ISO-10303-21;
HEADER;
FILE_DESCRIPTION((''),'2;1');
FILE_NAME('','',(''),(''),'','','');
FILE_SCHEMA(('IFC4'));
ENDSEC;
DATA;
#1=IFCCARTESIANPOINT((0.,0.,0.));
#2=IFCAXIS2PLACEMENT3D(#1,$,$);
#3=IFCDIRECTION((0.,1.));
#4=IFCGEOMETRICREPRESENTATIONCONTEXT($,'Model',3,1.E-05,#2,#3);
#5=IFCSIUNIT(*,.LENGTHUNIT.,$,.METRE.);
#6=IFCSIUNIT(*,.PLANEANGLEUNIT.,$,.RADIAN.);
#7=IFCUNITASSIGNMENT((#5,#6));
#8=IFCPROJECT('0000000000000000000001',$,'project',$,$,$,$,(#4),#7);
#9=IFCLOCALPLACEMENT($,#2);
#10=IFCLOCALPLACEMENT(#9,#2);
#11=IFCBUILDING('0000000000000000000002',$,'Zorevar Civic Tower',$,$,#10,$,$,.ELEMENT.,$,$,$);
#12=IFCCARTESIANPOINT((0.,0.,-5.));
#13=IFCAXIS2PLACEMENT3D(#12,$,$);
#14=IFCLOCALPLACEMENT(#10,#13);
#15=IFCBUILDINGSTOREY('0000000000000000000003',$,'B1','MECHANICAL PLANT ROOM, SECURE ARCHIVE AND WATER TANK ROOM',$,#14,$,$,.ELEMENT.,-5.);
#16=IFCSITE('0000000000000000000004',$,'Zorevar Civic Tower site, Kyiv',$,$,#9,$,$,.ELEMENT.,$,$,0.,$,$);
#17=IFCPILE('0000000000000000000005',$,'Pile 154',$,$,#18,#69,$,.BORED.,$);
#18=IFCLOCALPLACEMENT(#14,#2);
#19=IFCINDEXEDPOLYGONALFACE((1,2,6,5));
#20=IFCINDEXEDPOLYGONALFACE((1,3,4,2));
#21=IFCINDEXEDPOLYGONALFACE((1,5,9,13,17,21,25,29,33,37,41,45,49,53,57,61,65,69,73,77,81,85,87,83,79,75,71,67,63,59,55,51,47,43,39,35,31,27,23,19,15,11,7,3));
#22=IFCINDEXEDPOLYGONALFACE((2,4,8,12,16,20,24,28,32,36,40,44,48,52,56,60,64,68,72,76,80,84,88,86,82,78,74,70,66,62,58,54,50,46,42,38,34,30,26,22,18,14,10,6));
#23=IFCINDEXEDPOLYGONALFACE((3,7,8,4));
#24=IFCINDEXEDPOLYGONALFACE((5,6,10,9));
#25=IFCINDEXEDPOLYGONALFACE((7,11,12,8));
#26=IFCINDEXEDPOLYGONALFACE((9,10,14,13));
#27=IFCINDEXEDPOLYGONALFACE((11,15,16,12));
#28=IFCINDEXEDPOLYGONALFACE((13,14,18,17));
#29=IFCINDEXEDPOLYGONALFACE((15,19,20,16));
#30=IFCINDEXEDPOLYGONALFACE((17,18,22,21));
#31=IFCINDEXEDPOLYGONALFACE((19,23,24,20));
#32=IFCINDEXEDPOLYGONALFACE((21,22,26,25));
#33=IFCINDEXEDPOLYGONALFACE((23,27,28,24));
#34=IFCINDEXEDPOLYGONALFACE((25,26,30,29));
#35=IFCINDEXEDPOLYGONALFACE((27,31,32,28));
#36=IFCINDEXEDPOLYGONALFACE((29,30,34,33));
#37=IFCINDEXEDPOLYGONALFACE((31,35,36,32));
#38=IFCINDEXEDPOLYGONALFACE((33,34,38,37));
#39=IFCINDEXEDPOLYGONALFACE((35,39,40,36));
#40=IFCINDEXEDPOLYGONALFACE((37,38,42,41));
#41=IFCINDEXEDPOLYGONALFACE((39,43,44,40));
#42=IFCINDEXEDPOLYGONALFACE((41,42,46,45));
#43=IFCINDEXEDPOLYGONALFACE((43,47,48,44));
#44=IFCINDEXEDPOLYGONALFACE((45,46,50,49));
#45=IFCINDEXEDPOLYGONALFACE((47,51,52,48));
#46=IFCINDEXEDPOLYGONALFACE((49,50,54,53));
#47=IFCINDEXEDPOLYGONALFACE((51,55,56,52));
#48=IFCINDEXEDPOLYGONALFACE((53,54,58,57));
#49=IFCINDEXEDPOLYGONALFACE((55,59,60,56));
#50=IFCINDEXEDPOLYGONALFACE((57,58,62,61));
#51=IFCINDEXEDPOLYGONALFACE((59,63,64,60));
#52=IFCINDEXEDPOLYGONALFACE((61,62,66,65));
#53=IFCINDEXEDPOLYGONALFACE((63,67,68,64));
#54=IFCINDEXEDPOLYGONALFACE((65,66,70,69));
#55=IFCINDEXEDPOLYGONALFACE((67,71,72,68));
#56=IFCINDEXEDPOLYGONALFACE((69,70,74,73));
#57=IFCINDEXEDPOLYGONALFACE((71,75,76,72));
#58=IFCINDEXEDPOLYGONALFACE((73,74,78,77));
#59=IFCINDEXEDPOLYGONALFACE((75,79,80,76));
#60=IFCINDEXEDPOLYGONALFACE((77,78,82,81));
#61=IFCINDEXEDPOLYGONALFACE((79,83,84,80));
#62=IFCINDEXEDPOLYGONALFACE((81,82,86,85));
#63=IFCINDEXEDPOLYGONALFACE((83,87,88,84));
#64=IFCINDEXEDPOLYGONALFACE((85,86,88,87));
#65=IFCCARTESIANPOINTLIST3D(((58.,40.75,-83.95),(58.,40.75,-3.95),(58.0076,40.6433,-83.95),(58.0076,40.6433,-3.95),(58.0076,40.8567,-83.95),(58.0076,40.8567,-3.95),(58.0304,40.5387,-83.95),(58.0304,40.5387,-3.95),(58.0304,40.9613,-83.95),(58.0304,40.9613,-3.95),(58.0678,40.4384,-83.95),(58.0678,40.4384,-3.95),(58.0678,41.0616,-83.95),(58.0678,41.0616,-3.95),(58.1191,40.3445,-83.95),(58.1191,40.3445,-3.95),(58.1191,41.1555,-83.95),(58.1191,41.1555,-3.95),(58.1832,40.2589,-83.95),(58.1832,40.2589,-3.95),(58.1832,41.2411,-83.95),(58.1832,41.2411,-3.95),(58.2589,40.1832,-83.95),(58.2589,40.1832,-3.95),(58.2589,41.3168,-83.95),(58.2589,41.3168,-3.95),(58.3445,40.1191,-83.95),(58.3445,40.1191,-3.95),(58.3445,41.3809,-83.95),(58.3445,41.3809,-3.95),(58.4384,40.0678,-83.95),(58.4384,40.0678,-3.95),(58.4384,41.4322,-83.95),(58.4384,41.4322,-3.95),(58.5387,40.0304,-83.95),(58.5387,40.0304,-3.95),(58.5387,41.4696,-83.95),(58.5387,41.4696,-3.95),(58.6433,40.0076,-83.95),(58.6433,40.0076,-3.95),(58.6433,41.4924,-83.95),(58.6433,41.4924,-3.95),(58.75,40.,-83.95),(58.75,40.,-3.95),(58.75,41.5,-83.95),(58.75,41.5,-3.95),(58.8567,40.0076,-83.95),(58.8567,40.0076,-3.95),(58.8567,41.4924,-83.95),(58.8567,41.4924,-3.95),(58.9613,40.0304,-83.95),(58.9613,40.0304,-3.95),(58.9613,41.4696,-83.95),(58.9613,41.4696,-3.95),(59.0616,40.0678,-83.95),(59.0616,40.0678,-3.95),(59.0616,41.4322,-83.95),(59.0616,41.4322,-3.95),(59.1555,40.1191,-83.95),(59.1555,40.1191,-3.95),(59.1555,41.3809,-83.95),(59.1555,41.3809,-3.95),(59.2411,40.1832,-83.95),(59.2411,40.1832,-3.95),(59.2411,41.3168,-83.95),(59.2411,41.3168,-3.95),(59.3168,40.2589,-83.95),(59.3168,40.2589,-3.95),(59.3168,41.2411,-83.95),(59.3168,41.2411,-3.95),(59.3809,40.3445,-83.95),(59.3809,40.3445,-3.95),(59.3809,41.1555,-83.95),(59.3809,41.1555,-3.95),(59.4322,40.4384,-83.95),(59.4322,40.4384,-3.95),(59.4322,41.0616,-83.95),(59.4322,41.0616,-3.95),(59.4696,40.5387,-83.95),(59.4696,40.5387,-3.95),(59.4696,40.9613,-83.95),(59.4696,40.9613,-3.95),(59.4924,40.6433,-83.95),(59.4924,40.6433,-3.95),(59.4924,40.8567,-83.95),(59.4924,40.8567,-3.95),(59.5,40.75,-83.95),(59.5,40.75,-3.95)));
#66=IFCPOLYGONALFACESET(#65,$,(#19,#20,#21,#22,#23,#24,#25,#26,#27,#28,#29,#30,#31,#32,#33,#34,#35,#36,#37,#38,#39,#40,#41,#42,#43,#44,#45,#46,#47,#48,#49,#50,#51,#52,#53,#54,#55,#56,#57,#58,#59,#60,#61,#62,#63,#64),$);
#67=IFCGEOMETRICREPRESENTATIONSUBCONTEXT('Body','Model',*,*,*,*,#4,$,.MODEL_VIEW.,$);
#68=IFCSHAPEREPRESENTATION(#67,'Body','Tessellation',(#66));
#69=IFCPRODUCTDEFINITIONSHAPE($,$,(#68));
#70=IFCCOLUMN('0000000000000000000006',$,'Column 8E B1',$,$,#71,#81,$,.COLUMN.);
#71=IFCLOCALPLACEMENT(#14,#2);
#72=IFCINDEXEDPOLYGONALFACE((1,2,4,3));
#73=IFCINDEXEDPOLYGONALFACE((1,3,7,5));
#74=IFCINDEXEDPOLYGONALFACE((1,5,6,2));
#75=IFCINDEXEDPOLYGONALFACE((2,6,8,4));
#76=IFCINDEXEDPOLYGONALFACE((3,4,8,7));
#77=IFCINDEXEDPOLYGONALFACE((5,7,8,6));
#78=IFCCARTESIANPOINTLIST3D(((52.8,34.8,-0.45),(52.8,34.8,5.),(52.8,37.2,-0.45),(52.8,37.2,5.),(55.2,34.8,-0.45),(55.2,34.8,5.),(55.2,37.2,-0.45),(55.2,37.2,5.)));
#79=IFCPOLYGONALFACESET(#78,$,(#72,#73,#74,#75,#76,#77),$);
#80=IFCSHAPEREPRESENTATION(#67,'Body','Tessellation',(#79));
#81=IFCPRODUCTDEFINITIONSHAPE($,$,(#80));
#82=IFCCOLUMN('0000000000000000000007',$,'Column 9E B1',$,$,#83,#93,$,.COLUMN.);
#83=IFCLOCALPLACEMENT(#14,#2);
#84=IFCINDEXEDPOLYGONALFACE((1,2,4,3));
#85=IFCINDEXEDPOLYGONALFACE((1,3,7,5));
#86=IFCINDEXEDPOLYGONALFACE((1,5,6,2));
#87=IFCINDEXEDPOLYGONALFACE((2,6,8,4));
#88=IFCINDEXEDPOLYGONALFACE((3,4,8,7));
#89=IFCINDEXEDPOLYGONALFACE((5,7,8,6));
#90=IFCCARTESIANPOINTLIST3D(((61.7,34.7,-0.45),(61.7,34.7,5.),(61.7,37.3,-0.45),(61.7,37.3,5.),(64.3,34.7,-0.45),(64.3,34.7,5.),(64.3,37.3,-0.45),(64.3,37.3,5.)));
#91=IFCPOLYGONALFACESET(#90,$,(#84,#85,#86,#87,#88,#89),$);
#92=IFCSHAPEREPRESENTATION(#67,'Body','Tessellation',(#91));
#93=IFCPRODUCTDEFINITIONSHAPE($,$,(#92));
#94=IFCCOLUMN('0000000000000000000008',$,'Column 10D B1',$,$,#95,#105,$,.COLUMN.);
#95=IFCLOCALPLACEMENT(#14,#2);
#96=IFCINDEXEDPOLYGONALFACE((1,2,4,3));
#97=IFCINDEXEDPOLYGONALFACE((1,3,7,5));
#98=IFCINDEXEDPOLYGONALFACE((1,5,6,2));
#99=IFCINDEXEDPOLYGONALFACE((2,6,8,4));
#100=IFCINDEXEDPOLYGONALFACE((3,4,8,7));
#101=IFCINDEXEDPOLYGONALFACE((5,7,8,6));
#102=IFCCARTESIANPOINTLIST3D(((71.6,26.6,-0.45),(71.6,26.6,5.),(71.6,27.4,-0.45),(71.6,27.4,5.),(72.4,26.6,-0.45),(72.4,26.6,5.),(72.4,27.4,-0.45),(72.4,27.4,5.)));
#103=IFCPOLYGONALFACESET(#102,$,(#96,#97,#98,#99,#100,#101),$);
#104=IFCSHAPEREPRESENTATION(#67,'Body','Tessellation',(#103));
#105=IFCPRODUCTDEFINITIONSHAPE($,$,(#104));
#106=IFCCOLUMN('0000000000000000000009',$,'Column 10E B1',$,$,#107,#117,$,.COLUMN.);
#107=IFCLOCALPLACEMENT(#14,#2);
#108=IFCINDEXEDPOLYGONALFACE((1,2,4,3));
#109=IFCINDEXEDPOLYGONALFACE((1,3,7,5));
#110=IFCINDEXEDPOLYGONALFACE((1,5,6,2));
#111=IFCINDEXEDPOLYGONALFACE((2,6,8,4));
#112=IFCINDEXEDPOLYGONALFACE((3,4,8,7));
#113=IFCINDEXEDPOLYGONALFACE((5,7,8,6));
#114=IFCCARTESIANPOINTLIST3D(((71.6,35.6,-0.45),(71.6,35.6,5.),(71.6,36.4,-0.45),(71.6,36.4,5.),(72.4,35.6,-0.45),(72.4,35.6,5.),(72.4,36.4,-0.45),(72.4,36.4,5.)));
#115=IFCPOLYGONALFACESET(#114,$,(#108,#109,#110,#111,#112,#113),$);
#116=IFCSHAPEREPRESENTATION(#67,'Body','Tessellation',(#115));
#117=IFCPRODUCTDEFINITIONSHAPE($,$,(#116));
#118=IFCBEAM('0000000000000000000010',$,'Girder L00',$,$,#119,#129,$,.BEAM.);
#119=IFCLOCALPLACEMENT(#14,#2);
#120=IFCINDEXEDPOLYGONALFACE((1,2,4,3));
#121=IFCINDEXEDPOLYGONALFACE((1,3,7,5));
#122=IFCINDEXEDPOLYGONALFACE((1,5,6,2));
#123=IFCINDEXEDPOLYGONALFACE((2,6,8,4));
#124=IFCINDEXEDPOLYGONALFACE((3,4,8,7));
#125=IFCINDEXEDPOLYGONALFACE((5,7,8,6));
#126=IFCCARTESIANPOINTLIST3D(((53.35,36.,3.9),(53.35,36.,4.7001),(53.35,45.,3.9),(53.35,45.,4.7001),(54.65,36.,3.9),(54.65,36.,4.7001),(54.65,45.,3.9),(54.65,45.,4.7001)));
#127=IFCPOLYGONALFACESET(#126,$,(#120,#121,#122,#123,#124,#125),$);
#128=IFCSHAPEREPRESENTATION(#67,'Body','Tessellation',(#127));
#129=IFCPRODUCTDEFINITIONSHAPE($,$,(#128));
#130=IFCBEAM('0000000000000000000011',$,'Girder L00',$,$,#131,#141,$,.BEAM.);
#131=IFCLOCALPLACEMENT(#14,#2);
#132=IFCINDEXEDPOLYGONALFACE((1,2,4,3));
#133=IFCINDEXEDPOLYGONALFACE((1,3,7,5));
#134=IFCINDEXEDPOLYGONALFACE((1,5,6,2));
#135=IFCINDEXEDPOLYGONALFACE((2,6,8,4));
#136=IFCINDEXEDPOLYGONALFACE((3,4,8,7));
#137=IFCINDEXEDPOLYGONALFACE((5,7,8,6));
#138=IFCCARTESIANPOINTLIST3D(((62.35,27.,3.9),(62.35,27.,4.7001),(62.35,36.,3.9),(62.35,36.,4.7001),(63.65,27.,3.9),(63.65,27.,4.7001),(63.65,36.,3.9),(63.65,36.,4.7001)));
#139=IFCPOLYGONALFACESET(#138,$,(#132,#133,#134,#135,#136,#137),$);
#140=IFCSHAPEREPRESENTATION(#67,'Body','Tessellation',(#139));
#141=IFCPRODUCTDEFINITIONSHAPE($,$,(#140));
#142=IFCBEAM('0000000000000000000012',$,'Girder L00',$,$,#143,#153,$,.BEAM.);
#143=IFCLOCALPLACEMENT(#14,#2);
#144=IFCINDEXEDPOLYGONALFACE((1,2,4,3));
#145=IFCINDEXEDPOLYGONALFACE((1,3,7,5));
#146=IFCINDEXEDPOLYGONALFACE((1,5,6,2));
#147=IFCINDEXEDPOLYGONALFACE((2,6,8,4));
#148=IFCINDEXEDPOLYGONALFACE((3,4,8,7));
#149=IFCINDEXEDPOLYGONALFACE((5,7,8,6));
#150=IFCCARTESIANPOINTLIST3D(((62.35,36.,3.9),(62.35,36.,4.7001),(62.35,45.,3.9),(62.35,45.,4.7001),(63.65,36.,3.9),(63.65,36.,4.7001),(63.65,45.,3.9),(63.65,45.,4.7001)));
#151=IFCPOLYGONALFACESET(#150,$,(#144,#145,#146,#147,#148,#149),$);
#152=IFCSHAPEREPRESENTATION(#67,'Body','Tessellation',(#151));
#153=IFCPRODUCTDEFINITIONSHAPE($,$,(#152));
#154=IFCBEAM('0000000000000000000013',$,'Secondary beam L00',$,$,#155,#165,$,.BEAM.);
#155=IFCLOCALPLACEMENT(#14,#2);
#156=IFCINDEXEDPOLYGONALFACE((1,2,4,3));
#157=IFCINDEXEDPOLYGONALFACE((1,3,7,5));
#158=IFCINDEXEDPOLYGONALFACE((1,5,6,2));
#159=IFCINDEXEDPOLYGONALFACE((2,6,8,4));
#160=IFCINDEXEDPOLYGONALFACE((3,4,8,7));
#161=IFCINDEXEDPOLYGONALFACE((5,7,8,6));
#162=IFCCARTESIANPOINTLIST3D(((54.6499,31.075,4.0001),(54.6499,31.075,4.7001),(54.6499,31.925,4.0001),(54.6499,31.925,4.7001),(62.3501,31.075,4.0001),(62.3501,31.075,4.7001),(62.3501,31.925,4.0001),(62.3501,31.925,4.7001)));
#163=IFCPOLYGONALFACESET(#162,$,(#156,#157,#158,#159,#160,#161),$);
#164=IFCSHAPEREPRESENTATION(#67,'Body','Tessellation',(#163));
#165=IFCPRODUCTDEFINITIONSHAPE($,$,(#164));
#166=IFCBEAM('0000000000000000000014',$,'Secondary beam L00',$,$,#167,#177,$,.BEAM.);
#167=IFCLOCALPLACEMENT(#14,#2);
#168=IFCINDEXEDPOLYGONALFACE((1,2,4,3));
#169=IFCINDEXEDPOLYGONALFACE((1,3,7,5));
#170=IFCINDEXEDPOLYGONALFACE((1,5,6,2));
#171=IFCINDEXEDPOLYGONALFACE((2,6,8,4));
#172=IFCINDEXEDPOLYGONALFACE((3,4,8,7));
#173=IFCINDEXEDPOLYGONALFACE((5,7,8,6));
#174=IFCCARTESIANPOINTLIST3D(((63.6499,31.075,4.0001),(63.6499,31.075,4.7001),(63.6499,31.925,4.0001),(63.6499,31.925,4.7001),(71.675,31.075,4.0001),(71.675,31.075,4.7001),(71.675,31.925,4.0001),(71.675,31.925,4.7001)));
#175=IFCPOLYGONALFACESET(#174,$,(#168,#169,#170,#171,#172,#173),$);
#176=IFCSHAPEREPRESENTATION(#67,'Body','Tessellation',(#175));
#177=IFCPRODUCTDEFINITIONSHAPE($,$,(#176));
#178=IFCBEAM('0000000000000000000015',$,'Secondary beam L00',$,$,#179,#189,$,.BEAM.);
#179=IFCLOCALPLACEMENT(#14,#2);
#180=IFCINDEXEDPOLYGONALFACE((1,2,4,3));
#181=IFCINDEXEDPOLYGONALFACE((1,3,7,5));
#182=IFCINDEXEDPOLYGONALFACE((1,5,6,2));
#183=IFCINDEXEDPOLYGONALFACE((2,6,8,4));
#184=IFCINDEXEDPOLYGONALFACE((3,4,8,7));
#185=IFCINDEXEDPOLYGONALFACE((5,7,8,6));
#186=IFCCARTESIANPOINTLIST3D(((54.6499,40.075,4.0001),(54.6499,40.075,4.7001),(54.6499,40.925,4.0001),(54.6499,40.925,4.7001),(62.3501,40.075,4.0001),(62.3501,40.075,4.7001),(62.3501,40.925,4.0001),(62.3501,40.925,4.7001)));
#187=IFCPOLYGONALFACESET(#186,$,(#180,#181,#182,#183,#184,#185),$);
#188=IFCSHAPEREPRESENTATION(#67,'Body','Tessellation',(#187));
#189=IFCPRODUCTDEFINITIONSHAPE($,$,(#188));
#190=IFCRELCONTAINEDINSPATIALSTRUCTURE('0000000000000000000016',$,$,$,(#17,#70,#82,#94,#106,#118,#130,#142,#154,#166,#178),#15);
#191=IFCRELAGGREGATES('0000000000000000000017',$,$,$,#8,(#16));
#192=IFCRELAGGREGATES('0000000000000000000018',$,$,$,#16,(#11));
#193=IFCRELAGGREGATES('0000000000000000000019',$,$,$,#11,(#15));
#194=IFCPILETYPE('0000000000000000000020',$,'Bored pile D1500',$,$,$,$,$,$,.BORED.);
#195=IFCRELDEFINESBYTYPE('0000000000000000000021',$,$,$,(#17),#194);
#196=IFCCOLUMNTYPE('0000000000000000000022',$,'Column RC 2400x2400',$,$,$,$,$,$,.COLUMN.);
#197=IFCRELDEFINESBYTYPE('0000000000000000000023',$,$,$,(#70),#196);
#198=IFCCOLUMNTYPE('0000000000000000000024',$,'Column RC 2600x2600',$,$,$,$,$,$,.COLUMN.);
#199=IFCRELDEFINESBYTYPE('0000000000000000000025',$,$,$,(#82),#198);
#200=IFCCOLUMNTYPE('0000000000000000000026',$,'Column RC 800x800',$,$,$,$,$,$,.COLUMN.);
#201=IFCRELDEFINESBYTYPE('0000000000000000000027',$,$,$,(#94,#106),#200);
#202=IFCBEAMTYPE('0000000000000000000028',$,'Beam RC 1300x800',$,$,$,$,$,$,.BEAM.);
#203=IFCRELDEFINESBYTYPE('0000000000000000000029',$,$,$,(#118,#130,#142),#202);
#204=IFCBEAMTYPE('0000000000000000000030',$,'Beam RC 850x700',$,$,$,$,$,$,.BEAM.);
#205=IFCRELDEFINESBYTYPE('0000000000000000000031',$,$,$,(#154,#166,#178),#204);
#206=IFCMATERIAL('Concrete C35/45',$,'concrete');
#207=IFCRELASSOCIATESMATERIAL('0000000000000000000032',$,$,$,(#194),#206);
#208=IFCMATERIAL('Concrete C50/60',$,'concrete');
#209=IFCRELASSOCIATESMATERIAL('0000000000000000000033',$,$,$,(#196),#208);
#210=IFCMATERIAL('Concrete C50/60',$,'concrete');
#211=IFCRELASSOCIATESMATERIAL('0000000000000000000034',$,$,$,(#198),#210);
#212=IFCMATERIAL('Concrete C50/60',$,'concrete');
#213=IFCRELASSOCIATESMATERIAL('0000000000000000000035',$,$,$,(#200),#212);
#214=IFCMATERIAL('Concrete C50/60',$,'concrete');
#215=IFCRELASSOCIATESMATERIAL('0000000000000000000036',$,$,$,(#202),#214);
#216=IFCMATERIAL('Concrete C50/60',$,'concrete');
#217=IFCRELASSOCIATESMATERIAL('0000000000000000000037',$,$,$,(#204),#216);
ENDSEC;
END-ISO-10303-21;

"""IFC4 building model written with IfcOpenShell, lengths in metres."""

from ifc_helpers import new_model, si_unit, direction, frame, origin, origin_2d, place, context, subcontext, project, spatial, rectangle, circle, extrude, material, material_profile, profile_set, type_object, element, save


model = new_model("IFC4")

# Units and contexts
model_context = context("Model", 3, precision=1e-05, world=origin(), true_north=direction((0.0, 1.0)))
body_context = subcontext(model_context, "Body", "Model", "MODEL_VIEW")
ifc_project = project(units=[si_unit("LENGTHUNIT", "METRE"), si_unit("PLANEANGLEUNIT", "RADIAN")], contexts=[model_context])

# Site, building, storey
site_placement = place(None, origin())
site = spatial("IfcSite", under=ifc_project, at=site_placement, Name="Zorevar Civic Tower site, Kyiv", CompositionType="ELEMENT", RefElevation=0.0)
building_placement = place(site_placement, origin())
building = spatial("IfcBuilding", under=site, at=building_placement, Name="Zorevar Civic Tower", CompositionType="ELEMENT")
storey_placement = place(building_placement, frame((0.0, 0.0, -5.0)))
storey = spatial("IfcBuildingStorey", under=building, at=storey_placement, Name="B1", Description="MECHANICAL PLANT ROOM, SECURE ARCHIVE AND WATER TANK ROOM", CompositionType="ELEMENT", Elevation=-5.0)

# Pile
ifc_material_1 = material(Name="Concrete C35/45", Category="concrete")
pile_type_1 = type_object("IfcPileType", Name="Bored pile D1500", PredefinedType="BORED", material=ifc_material_1)
for number, where, z_axis, x_axis, name in (
    (1, (58.75, 40.75, -3.95), (0.0, 0.0, -1.0), (1.0, 0.0, 0.0), "Pile 154"),
):
    element("IfcPile", number, at=place(storey_placement, frame(where, z_axis=z_axis, x_axis=x_axis)), inside=storey, type_object=pile_type_1, Name=name, PredefinedType="BORED", context=body_context, shape_type="SweptSolid", body=[
        extrude(circle(Radius=0.75, at=origin_2d()), origin(), (0.0, 0.0, 1.0), 80.0),
    ])

# Columns
ifc_material_2 = material(Name="Concrete C50/60", Category="concrete")
ifc_material_profile_1 = material_profile(ifc_material_2, rectangle(XDim=2.3999, YDim=2.3999, at=origin_2d()), Name="RC 2400x2400")
ifc_profile_set_1 = profile_set([ifc_material_profile_1], Name="Concrete C50/60")
column_type_1 = type_object("IfcColumnType", Name="Column RC 2400x2400", PredefinedType="COLUMN", material=ifc_profile_set_1)
column_1_placement = place(storey_placement, frame((54.0, 36.0, -0.45), z_axis=(0.0, 0.0, 1.0), x_axis=(1.0, 0.0, 0.0)))
element("IfcColumn", 2, at=column_1_placement, inside=storey, type_object=column_type_1, Name="Column 8E B1", PredefinedType="COLUMN", context=body_context, shape_type="SweptSolid", body=[
    extrude(rectangle(XDim=2.3999, YDim=2.3999, at=origin_2d()), origin(), (0.0, 0.0, 1.0), 5.45),
])
ifc_material_3 = material(Name="Concrete C50/60", Category="concrete")
ifc_material_profile_2 = material_profile(ifc_material_3, rectangle(XDim=2.6001, YDim=2.6001, at=origin_2d()), Name="RC 2600x2600")
ifc_profile_set_2 = profile_set([ifc_material_profile_2], Name="Concrete C50/60")
column_type_2 = type_object("IfcColumnType", Name="Column RC 2600x2600", PredefinedType="COLUMN", material=ifc_profile_set_2)
column_2_placement = place(storey_placement, frame((63.0, 36.0, -0.45), z_axis=(0.0, 0.0, 1.0), x_axis=(1.0, 0.0, 0.0)))
element("IfcColumn", 3, at=column_2_placement, inside=storey, type_object=column_type_2, Name="Column 9E B1", PredefinedType="COLUMN", context=body_context, shape_type="SweptSolid", body=[
    extrude(rectangle(XDim=2.6001, YDim=2.6001, at=origin_2d()), origin(), (0.0, 0.0, 1.0), 5.45),
])
ifc_material_4 = material(Name="Concrete C50/60", Category="concrete")
ifc_material_profile_3 = material_profile(ifc_material_4, rectangle(XDim=0.8, YDim=0.8, at=origin_2d()), Name="RC 800x800")
ifc_profile_set_3 = profile_set([ifc_material_profile_3], Name="Concrete C50/60")
column_type_3 = type_object("IfcColumnType", Name="Column RC 800x800", PredefinedType="COLUMN", material=ifc_profile_set_3)
for number, where, z_axis, x_axis, name in (
    (4, (72.0, 27.0, -0.45), (0.0, 0.0, 1.0), (1.0, 0.0, 0.0), "Column 10D B1"),
    (5, (72.0, 36.0, -0.45), (0.0, 0.0, 1.0), (1.0, 0.0, 0.0), "Column 10E B1"),
):
    element("IfcColumn", number, at=place(storey_placement, frame(where, z_axis=z_axis, x_axis=x_axis)), inside=storey, type_object=column_type_3, Name=name, PredefinedType="COLUMN", context=body_context, shape_type="SweptSolid", body=[
        extrude(rectangle(XDim=0.8, YDim=0.8, at=origin_2d()), origin(), (0.0, 0.0, 1.0), 5.45),
    ])

# Beams
ifc_material_5 = material(Name="Concrete C50/60", Category="concrete")
ifc_material_profile_4 = material_profile(ifc_material_5, rectangle(XDim=1.3, YDim=0.8, at=origin_2d()), Name="RC 1300x800")
ifc_profile_set_4 = profile_set([ifc_material_profile_4], Name="Concrete C50/60")
beam_type_1 = type_object("IfcBeamType", Name="Beam RC 1300x800", PredefinedType="BEAM", material=ifc_profile_set_4)
for number, where, z_axis, x_axis, name in (
    (6, (54.0, 36.0, 4.3), (0.0, 1.0, 0.0), (-1.0, 0.0, 0.0), "Girder L00"),
    (7, (63.0, 27.0, 4.3), (0.0, 1.0, 0.0), (-1.0, 0.0, 0.0), "Girder L00"),
    (8, (63.0, 36.0, 4.3), (0.0, 1.0, 0.0), (-1.0, 0.0, 0.0), "Girder L00"),
):
    element("IfcBeam", number, at=place(storey_placement, frame(where, z_axis=z_axis, x_axis=x_axis)), inside=storey, type_object=beam_type_1, Name=name, PredefinedType="BEAM", context=body_context, shape_type="SweptSolid", body=[
        extrude(rectangle(XDim=1.3, YDim=0.8, at=origin_2d()), origin(), (0.0, 0.0, 1.0), 9.0),
    ])
ifc_material_6 = material(Name="Concrete C50/60", Category="concrete")
ifc_material_profile_5 = material_profile(ifc_material_6, rectangle(XDim=0.8501, YDim=0.7, at=origin_2d()), Name="RC 850x700")
ifc_profile_set_5 = profile_set([ifc_material_profile_5], Name="Concrete C50/60")
beam_type_2 = type_object("IfcBeamType", Name="Beam RC 850x700", PredefinedType="BEAM", material=ifc_profile_set_5)
beam_1_placement = place(storey_placement, frame((54.6499, 31.5, 4.3501), z_axis=(1.0, 0.0, 0.0), x_axis=(0.0, 1.0, 0.0)))
element("IfcBeam", 9, at=beam_1_placement, inside=storey, type_object=beam_type_2, Name="Secondary beam L00", PredefinedType="BEAM", context=body_context, shape_type="SweptSolid", body=[
    extrude(rectangle(XDim=0.8501, YDim=0.7, at=origin_2d()), origin(), (0.0, 0.0, 1.0), 7.7002),
])
beam_2_placement = place(storey_placement, frame((63.6499, 31.5, 4.3501), z_axis=(1.0, 0.0, 0.0), x_axis=(0.0, 1.0, 0.0)))
element("IfcBeam", 10, at=beam_2_placement, inside=storey, type_object=beam_type_2, Name="Secondary beam L00", PredefinedType="BEAM", context=body_context, shape_type="SweptSolid", body=[
    extrude(rectangle(XDim=0.8501, YDim=0.7, at=origin_2d()), origin(), (0.0, 0.0, 1.0), 8.0251),
])
beam_3_placement = place(storey_placement, frame((54.6499, 40.5, 4.3501), z_axis=(1.0, 0.0, 0.0), x_axis=(0.0, 1.0, 0.0)))
element("IfcBeam", 11, at=beam_3_placement, inside=storey, type_object=beam_type_2, Name="Secondary beam L00", PredefinedType="BEAM", context=body_context, shape_type="SweptSolid", body=[
    extrude(rectangle(XDim=0.8501, YDim=0.7, at=origin_2d()), origin(), (0.0, 0.0, 1.0), 7.7002),
])

save(model, "model.ifc")
